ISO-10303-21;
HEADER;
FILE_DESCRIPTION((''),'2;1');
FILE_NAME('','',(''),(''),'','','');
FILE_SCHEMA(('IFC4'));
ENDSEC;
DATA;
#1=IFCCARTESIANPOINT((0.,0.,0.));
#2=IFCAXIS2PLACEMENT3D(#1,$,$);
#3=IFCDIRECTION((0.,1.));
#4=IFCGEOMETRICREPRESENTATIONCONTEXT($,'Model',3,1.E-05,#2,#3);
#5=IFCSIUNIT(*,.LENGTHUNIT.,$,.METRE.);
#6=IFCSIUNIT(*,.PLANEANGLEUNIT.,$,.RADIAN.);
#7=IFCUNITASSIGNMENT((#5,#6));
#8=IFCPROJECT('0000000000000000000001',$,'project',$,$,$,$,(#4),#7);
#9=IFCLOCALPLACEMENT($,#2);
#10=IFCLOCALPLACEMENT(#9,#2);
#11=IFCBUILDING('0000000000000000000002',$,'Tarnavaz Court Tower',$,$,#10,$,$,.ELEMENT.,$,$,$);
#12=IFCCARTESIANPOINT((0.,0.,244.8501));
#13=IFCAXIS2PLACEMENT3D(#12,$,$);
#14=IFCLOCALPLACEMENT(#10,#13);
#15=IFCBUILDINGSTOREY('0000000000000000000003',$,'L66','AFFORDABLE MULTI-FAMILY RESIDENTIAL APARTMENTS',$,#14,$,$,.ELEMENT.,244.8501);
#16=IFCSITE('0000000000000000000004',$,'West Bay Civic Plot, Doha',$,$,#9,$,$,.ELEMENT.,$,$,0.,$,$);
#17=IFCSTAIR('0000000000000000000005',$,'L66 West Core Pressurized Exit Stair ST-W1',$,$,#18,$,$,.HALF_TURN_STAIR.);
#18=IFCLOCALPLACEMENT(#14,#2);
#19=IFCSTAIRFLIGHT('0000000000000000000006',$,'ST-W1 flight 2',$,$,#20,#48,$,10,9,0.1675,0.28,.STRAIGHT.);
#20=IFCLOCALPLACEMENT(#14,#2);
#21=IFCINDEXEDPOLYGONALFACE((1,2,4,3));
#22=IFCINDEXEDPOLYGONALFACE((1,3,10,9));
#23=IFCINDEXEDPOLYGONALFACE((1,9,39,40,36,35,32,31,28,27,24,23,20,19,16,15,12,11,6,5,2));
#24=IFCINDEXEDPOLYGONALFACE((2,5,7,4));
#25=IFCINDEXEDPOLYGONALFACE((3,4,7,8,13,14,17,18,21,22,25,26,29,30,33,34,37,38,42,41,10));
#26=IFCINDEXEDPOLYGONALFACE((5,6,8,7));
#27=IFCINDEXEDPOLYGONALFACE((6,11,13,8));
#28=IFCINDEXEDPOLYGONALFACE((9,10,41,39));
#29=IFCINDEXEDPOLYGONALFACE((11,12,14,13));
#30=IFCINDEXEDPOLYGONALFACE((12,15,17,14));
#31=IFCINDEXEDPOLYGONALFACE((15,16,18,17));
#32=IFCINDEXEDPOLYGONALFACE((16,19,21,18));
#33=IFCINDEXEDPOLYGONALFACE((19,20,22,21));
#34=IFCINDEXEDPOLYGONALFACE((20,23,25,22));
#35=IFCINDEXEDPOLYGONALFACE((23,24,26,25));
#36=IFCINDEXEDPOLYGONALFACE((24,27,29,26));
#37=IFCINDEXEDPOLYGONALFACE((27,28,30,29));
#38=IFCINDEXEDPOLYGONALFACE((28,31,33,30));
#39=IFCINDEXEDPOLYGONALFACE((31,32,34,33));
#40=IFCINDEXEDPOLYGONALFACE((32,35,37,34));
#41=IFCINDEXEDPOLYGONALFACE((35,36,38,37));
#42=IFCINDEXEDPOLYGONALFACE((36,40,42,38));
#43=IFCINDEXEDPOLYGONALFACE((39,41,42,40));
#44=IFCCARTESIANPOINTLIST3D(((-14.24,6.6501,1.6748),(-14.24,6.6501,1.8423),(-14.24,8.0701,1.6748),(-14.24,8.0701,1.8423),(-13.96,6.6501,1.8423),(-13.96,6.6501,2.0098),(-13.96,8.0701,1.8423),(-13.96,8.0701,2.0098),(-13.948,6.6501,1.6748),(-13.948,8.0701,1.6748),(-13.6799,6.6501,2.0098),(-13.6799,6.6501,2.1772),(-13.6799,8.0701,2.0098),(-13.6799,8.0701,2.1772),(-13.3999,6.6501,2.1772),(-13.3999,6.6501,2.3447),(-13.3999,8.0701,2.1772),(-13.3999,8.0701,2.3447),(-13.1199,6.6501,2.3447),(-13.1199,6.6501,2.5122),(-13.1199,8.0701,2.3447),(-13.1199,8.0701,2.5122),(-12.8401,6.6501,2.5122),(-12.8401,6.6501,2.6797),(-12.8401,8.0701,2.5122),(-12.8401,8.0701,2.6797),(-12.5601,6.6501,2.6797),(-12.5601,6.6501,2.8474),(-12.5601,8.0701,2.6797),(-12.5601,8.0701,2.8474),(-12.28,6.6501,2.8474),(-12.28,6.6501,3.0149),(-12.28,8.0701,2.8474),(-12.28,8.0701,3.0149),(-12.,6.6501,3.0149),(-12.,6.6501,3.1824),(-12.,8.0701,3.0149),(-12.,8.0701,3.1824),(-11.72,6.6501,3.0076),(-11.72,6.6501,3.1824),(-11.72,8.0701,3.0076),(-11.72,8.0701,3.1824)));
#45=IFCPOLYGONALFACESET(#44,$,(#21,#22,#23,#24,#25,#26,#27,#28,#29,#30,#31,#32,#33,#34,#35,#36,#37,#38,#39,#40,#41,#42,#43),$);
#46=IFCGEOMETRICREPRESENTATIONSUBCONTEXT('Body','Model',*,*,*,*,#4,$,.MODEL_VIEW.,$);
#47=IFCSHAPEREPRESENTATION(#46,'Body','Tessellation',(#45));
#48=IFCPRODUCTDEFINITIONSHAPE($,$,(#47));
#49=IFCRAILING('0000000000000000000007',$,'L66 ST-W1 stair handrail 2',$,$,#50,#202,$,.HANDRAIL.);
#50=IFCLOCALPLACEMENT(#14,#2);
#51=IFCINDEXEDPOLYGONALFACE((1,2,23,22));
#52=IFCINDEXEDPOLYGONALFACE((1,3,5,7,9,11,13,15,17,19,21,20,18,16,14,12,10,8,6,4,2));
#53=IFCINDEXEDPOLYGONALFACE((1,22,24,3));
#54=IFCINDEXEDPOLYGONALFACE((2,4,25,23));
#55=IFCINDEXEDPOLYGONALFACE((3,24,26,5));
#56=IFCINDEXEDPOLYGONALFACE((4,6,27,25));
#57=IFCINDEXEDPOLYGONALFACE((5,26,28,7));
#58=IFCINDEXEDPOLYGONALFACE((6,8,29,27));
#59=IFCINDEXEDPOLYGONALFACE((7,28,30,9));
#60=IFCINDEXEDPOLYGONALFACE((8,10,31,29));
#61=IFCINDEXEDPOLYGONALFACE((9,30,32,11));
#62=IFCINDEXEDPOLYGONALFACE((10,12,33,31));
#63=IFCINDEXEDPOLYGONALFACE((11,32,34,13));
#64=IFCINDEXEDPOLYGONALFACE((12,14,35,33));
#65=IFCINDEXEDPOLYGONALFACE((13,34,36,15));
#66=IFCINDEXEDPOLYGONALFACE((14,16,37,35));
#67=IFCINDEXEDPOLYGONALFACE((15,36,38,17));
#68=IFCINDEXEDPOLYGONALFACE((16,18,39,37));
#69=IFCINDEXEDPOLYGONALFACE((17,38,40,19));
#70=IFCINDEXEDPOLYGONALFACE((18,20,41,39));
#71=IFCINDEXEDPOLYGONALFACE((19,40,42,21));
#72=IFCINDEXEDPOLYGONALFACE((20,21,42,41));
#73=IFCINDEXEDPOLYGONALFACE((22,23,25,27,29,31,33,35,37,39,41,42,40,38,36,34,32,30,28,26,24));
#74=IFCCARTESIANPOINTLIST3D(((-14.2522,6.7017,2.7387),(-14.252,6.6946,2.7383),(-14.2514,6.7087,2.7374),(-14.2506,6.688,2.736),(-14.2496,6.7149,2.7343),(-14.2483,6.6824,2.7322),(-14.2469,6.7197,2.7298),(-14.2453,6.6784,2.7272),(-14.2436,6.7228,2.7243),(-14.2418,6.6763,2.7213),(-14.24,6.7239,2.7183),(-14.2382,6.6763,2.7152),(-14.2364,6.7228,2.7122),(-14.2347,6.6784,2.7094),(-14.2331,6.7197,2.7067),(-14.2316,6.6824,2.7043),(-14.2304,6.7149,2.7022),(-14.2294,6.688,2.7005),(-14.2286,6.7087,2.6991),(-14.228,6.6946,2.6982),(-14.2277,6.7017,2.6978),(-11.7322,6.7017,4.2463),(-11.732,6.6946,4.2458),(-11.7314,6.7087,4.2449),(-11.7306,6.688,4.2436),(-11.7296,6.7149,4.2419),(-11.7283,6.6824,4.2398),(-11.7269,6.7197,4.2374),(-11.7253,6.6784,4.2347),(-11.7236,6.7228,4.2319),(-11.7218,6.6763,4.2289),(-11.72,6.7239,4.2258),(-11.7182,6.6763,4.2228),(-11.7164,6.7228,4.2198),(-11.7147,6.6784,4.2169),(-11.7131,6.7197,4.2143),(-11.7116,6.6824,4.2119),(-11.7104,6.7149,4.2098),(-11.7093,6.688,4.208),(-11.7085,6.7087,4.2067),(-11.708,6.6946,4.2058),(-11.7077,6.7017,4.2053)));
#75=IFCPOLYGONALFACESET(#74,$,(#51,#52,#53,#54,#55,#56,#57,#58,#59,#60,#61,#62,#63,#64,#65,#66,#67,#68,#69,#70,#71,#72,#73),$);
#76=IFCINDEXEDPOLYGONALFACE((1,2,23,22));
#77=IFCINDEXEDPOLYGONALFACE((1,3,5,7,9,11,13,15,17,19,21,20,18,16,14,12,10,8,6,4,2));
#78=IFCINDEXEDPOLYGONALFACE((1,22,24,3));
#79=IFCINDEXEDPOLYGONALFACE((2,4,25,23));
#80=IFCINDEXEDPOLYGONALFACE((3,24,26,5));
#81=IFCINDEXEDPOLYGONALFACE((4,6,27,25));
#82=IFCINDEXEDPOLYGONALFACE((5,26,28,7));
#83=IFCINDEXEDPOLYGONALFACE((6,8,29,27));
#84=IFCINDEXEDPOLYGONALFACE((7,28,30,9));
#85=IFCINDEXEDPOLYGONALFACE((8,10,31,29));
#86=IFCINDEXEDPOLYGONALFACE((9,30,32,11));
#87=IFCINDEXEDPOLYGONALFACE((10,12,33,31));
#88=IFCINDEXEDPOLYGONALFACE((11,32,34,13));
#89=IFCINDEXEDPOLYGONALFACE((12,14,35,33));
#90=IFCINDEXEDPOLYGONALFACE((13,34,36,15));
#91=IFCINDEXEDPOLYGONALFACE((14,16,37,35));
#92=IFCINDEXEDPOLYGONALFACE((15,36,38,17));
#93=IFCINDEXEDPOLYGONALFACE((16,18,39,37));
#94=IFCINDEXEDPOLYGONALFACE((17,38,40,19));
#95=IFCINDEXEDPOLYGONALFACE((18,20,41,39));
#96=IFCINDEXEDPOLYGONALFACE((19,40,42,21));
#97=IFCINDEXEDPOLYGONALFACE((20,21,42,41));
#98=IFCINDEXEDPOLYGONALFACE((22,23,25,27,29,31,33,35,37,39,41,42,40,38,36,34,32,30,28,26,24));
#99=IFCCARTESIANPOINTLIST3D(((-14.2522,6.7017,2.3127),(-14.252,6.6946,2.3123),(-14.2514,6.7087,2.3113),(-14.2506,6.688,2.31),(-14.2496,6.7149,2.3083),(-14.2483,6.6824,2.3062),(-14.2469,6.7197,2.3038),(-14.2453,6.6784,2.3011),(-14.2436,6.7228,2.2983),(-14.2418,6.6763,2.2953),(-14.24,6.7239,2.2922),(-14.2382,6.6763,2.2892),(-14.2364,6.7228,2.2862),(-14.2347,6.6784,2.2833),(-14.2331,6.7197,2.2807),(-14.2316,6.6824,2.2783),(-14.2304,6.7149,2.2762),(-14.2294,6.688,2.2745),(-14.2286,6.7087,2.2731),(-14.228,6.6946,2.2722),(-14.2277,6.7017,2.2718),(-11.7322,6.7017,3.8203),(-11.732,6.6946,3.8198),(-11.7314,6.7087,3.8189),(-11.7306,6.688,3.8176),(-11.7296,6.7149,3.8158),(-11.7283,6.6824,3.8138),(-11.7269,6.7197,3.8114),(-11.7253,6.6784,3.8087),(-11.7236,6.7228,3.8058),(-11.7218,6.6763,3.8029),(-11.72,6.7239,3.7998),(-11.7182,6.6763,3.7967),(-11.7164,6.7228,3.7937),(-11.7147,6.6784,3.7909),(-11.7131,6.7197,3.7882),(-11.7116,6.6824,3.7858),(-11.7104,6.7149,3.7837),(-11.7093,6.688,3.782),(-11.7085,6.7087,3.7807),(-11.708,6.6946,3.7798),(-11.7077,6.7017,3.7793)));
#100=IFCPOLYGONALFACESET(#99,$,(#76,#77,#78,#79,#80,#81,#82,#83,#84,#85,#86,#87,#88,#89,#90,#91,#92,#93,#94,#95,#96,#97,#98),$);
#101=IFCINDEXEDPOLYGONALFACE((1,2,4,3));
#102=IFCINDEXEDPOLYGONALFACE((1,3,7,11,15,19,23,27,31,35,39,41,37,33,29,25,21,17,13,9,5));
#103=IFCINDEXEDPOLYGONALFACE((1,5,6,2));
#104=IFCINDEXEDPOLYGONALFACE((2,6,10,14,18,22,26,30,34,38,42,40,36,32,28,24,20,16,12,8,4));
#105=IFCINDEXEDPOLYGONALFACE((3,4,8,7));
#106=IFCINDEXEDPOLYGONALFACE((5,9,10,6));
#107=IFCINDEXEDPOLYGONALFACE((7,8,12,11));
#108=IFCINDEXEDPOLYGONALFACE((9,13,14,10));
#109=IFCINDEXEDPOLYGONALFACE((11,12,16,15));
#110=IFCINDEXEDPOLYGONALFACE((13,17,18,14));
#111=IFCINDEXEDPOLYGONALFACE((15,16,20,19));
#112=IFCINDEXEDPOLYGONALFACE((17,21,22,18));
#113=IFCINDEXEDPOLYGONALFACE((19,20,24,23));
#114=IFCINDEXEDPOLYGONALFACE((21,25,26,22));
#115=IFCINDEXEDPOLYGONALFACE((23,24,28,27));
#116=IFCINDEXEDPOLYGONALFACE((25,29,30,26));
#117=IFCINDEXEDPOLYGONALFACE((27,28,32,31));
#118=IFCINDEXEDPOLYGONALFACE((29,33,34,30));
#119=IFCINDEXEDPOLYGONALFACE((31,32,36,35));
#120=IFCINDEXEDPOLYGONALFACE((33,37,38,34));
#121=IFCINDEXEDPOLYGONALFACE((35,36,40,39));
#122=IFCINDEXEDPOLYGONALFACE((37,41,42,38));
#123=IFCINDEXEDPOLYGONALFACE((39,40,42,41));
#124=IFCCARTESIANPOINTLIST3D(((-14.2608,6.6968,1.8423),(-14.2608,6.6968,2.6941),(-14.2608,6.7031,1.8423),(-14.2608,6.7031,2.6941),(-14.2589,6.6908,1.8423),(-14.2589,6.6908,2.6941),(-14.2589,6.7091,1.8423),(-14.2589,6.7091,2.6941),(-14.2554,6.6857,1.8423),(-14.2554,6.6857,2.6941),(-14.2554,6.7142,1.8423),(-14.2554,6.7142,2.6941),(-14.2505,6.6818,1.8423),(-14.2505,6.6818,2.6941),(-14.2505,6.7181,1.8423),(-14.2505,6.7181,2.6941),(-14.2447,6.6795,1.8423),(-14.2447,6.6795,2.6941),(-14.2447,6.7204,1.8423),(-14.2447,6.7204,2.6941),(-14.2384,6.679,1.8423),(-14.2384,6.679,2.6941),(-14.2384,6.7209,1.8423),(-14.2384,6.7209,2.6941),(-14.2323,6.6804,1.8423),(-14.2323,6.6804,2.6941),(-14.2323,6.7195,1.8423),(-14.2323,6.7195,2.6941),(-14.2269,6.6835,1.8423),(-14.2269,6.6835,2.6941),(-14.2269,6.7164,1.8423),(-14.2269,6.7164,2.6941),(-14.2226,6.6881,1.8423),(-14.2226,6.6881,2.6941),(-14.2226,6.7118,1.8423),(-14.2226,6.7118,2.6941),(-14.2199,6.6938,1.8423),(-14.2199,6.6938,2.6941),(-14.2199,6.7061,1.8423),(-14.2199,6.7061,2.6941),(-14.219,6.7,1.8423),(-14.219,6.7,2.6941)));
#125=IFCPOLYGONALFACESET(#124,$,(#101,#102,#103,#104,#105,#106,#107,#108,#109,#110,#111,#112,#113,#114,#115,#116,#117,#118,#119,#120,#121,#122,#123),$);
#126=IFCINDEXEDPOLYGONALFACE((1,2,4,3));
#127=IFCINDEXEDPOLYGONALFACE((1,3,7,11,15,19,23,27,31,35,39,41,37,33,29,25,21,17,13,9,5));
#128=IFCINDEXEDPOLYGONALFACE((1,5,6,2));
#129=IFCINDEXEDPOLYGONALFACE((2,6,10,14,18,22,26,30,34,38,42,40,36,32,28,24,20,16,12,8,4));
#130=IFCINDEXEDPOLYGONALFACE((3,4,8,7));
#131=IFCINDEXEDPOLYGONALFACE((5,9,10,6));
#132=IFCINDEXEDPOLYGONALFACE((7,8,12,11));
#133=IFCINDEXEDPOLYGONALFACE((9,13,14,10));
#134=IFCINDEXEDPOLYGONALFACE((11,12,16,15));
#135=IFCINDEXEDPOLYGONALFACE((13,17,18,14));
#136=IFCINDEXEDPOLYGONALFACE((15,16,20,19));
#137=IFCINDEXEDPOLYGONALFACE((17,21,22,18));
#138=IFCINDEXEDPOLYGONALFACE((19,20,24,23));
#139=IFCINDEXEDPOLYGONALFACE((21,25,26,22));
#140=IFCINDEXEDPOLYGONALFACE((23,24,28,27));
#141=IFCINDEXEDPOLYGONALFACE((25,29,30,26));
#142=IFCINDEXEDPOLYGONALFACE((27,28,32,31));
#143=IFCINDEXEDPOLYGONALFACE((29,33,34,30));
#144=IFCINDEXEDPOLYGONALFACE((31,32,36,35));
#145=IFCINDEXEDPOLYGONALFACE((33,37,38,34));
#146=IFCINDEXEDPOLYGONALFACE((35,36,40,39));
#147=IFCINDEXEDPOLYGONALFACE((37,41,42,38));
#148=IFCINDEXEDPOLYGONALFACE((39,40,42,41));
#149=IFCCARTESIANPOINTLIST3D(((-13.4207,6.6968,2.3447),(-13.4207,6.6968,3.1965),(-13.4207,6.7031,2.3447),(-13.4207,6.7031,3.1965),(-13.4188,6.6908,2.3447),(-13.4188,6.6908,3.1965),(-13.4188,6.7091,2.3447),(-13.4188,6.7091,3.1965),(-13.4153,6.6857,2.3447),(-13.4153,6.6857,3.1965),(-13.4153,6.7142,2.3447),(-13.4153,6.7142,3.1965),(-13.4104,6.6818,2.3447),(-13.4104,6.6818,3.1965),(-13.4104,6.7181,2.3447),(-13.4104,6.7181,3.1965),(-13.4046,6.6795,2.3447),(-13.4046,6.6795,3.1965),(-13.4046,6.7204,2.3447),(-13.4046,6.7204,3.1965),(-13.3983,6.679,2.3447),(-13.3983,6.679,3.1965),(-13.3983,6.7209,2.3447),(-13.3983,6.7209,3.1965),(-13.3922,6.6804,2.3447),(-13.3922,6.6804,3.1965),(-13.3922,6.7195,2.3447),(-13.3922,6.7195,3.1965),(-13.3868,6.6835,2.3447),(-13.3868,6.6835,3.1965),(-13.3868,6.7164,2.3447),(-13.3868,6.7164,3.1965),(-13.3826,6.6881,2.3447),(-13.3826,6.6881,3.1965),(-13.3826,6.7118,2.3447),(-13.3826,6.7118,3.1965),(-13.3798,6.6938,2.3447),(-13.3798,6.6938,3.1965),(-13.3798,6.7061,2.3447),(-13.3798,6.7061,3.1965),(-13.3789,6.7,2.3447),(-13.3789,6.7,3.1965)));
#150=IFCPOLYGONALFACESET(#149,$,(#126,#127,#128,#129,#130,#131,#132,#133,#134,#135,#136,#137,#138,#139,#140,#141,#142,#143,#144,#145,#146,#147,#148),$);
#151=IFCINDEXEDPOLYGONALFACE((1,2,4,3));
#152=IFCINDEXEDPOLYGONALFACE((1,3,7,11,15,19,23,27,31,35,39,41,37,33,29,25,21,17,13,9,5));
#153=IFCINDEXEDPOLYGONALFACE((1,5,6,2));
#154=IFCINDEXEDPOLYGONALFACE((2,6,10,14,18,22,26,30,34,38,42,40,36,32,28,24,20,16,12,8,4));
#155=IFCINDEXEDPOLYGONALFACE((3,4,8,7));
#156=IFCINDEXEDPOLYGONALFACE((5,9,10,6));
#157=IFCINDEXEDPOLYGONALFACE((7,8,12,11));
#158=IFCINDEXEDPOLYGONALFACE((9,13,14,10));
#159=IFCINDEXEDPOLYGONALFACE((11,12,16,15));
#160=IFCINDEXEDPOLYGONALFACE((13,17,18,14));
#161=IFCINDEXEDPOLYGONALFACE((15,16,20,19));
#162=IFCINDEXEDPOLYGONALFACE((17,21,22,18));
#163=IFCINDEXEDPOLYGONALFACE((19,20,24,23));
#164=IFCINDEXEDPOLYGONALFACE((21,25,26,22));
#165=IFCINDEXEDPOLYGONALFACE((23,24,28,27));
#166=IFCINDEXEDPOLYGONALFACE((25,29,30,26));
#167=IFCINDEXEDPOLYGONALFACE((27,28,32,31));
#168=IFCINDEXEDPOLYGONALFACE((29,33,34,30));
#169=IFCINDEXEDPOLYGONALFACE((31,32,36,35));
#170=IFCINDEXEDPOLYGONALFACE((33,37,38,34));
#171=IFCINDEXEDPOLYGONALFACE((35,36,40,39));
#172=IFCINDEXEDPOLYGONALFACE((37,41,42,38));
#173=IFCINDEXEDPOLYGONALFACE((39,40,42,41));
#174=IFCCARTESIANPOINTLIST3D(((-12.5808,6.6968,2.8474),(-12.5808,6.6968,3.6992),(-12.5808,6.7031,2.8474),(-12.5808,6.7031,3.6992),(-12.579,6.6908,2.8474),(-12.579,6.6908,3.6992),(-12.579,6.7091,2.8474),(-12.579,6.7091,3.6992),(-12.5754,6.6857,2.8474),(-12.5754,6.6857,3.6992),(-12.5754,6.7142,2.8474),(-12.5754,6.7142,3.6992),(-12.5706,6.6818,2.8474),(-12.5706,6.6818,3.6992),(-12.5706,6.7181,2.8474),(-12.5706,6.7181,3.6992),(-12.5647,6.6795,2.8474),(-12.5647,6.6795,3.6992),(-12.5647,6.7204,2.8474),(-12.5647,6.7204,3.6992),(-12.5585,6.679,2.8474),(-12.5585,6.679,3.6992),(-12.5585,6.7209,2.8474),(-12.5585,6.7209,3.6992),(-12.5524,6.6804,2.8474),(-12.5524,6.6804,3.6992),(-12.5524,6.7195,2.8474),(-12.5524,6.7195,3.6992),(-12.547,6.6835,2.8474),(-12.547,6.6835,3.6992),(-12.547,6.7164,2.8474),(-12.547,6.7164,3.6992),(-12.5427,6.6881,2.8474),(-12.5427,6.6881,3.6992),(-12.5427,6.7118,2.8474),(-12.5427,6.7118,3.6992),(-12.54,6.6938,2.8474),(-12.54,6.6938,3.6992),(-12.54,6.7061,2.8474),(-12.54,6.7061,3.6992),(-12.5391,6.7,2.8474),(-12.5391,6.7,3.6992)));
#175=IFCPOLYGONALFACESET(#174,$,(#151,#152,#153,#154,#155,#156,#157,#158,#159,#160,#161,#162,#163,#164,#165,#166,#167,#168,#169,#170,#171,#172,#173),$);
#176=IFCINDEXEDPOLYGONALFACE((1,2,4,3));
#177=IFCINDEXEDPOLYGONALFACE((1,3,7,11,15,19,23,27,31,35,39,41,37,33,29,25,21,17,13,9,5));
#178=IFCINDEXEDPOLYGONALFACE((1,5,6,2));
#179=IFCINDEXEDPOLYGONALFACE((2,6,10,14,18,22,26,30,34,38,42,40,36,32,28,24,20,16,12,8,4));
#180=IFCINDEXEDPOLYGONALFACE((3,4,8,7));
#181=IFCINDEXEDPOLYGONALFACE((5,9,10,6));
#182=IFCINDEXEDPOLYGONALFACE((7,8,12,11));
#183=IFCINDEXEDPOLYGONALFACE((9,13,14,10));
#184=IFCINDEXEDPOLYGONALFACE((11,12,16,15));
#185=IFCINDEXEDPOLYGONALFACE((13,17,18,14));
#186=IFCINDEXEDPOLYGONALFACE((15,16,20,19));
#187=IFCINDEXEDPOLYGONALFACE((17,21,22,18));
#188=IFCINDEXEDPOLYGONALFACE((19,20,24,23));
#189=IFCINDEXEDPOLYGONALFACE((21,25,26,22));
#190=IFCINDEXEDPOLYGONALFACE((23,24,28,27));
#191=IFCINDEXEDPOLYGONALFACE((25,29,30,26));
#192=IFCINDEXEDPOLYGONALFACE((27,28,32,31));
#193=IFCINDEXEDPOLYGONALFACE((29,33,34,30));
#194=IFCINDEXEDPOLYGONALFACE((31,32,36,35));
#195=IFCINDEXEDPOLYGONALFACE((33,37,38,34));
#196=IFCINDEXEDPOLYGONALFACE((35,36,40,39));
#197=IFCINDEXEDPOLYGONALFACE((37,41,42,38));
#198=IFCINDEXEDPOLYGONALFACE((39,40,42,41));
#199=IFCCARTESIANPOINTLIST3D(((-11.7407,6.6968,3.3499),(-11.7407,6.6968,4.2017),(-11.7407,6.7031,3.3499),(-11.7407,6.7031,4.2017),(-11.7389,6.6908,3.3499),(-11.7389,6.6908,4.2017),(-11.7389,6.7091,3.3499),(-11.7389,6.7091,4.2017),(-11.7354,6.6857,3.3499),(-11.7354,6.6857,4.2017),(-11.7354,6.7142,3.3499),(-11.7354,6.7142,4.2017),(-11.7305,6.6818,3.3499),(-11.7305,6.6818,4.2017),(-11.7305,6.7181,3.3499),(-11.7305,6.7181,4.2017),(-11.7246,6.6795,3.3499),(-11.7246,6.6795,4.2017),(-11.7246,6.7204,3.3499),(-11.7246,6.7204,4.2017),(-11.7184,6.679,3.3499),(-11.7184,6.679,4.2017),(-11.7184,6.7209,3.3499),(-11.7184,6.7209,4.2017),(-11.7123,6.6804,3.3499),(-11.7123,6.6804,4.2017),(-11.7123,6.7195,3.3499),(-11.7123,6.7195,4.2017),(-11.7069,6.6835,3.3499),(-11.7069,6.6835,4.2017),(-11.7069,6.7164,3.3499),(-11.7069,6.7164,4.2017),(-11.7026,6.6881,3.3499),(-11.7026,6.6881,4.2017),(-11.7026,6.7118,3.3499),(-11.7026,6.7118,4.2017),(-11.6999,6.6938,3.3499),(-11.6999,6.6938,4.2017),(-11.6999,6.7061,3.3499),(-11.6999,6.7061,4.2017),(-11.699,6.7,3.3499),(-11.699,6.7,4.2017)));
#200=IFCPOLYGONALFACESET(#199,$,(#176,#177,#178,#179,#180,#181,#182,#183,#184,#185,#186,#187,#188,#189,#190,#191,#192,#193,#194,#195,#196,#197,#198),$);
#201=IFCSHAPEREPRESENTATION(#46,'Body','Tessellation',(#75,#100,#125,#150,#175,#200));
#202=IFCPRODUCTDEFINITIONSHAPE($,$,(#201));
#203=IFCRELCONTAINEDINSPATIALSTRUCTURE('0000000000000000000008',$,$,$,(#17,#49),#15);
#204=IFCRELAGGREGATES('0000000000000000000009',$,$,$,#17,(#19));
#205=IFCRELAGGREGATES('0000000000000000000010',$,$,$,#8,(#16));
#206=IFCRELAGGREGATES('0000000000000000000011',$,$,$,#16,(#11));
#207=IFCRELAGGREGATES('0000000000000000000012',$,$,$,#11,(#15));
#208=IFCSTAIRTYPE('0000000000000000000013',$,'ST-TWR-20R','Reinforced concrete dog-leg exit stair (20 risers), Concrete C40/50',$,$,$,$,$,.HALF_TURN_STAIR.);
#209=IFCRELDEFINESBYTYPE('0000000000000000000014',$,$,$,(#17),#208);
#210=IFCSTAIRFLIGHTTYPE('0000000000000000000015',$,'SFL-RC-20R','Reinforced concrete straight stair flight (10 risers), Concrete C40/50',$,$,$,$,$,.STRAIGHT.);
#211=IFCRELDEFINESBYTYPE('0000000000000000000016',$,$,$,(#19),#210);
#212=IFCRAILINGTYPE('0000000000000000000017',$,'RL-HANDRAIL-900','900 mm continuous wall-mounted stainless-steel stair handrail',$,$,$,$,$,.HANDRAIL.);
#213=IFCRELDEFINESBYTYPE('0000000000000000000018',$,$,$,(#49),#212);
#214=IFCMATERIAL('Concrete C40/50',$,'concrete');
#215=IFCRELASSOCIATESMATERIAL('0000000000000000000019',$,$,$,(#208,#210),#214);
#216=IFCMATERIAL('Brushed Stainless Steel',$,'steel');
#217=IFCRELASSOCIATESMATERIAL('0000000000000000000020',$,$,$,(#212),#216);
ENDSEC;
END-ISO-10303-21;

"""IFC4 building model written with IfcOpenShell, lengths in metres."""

from ifc_helpers import new_model, si_unit, direction, frame, origin, origin_2d, place, context, subcontext, project, spatial, polyline, circle, outline, extrude, material, type_object, element, aggregate, save


model = new_model("IFC4")

# Units and contexts
model_context = context("Model", 3, precision=1e-05, world=origin(), true_north=direction((0.0, 1.0)))
body_context = subcontext(model_context, "Body", "Model", "MODEL_VIEW")
ifc_project = project(units=[si_unit("LENGTHUNIT", "METRE"), si_unit("PLANEANGLEUNIT", "RADIAN")], contexts=[model_context])

# Site, building, storey
site_placement = place(None, origin())
site = spatial("IfcSite", under=ifc_project, at=site_placement, Name="West Bay Civic Plot, Doha", CompositionType="ELEMENT", RefElevation=0.0)
building_placement = place(site_placement, origin())
building = spatial("IfcBuilding", under=site, at=building_placement, Name="Tarnavaz Court Tower", CompositionType="ELEMENT")
storey_placement = place(building_placement, frame((0.0, 0.0, 244.8501)))
storey = spatial("IfcBuildingStorey", under=building, at=storey_placement, Name="L66", Description="AFFORDABLE MULTI-FAMILY RESIDENTIAL APARTMENTS", CompositionType="ELEMENT", Elevation=244.8501)

# Stair, stair flight
ifc_material_1 = material(Name="Concrete C40/50", Category="concrete")
stair_type = type_object("IfcStairType", Name="ST-TWR-20R", Description="Reinforced concrete dog-leg exit stair (20 risers), Concrete C40/50", PredefinedType="HALF_TURN_STAIR", material=ifc_material_1)
stair_placement = place(storey_placement, origin())
stair = element("IfcStair", 1, at=stair_placement, inside=storey, type_object=stair_type, Name="L66 West Core Pressurized Exit Stair ST-W1", PredefinedType="HALF_TURN_STAIR")
stair_flight_type = type_object("IfcStairFlightType", Name="SFL-RC-20R", Description="Reinforced concrete straight stair flight (10 risers), Concrete C40/50", PredefinedType="STRAIGHT", material=ifc_material_1)
stair_flight_placement = place(storey_placement, frame((-14.24, 7.3601, 1.6748), z_axis=(0.0, 0.0, 1.0), x_axis=(1.0, 0.0, 0.0)))
stair_flight = element("IfcStairFlight", 2, at=stair_flight_placement, type_object=stair_flight_type, Name="ST-W1 flight 2", NumberOfRisers=10, NumberOfTreads=9, PredefinedType="STRAIGHT", RiserHeight=0.1675, TreadLength=0.28, context=body_context, shape_type="SweptSolid", body=[
    extrude(outline(polyline([(0.0, 0.0), (0.0, 0.1675), (0.28, 0.1675), (0.28, 0.335), (0.5601, 0.335), (0.5601, 0.5024), (0.8401, 0.5024), (0.8401, 0.6699), (1.1201, 0.6699), (1.1201, 0.8374), (1.3999, 0.8374), (1.3999, 1.0049), (1.6799, 1.0049), (1.6799, 1.1726), (1.96, 1.1726), (1.96, 1.3401), (2.24, 1.3401), (2.24, 1.5076), (2.52, 1.5076), (2.52, 1.675), (2.52, 1.3328), (0.292, 0.0), (0.0, 0.0)])), frame((0.0, 0.71, 0.0), z_axis=(0.0, -1.0, 0.0), x_axis=(1.0, 0.0, 0.0)), (0.0, 0.0, 1.0), 1.4199),
])
aggregate(stair, [stair_flight])

# Railing
ifc_material_2 = material(Name="Brushed Stainless Steel", Category="steel")
railing_type_1 = type_object("IfcRailingType", Name="RL-HANDRAIL-900", Description="900 mm continuous wall-mounted stainless-steel stair handrail", PredefinedType="HANDRAIL", material=ifc_material_2)
railing_1_placement = place(storey_placement, frame((-14.24, 6.7, 1.8423)))
element("IfcRailing", 3, at=railing_1_placement, inside=storey, type_object=railing_type_1, Name="L66 ST-W1 stair handrail 2", PredefinedType="HANDRAIL", context=body_context, shape_type="SweptSolid", body=[
    extrude(circle(Radius=0.0239, at=origin_2d()), frame((0.0, 0.0, 0.876), z_axis=(0.85816, 0.0, 0.513383), x_axis=(0.0, 1.0, 0.0)), (0.0, 0.0, 1.0), 2.9365),
    extrude(circle(Radius=0.0239, at=origin_2d()), frame((0.0, 0.0, 0.45), z_axis=(0.85816, 0.0, 0.513383), x_axis=(0.0, 1.0, 0.0)), (0.0, 0.0, 1.0), 2.9365),
    extrude(circle(Radius=0.021, at=origin_2d()), origin(), (0.0, 0.0, 1.0), 0.8518),
    extrude(circle(Radius=0.021, at=origin_2d()), frame((0.8401, 0.0, 0.5024)), (0.0, 0.0, 1.0), 0.8518),
    extrude(circle(Radius=0.021, at=origin_2d()), frame((1.6799, 0.0, 1.0051)), (0.0, 0.0, 1.0), 0.8518),
    extrude(circle(Radius=0.021, at=origin_2d()), frame((2.52, 0.0, 1.5076)), (0.0, 0.0, 1.0), 0.8518),
])

save(model, "model.ifc")
